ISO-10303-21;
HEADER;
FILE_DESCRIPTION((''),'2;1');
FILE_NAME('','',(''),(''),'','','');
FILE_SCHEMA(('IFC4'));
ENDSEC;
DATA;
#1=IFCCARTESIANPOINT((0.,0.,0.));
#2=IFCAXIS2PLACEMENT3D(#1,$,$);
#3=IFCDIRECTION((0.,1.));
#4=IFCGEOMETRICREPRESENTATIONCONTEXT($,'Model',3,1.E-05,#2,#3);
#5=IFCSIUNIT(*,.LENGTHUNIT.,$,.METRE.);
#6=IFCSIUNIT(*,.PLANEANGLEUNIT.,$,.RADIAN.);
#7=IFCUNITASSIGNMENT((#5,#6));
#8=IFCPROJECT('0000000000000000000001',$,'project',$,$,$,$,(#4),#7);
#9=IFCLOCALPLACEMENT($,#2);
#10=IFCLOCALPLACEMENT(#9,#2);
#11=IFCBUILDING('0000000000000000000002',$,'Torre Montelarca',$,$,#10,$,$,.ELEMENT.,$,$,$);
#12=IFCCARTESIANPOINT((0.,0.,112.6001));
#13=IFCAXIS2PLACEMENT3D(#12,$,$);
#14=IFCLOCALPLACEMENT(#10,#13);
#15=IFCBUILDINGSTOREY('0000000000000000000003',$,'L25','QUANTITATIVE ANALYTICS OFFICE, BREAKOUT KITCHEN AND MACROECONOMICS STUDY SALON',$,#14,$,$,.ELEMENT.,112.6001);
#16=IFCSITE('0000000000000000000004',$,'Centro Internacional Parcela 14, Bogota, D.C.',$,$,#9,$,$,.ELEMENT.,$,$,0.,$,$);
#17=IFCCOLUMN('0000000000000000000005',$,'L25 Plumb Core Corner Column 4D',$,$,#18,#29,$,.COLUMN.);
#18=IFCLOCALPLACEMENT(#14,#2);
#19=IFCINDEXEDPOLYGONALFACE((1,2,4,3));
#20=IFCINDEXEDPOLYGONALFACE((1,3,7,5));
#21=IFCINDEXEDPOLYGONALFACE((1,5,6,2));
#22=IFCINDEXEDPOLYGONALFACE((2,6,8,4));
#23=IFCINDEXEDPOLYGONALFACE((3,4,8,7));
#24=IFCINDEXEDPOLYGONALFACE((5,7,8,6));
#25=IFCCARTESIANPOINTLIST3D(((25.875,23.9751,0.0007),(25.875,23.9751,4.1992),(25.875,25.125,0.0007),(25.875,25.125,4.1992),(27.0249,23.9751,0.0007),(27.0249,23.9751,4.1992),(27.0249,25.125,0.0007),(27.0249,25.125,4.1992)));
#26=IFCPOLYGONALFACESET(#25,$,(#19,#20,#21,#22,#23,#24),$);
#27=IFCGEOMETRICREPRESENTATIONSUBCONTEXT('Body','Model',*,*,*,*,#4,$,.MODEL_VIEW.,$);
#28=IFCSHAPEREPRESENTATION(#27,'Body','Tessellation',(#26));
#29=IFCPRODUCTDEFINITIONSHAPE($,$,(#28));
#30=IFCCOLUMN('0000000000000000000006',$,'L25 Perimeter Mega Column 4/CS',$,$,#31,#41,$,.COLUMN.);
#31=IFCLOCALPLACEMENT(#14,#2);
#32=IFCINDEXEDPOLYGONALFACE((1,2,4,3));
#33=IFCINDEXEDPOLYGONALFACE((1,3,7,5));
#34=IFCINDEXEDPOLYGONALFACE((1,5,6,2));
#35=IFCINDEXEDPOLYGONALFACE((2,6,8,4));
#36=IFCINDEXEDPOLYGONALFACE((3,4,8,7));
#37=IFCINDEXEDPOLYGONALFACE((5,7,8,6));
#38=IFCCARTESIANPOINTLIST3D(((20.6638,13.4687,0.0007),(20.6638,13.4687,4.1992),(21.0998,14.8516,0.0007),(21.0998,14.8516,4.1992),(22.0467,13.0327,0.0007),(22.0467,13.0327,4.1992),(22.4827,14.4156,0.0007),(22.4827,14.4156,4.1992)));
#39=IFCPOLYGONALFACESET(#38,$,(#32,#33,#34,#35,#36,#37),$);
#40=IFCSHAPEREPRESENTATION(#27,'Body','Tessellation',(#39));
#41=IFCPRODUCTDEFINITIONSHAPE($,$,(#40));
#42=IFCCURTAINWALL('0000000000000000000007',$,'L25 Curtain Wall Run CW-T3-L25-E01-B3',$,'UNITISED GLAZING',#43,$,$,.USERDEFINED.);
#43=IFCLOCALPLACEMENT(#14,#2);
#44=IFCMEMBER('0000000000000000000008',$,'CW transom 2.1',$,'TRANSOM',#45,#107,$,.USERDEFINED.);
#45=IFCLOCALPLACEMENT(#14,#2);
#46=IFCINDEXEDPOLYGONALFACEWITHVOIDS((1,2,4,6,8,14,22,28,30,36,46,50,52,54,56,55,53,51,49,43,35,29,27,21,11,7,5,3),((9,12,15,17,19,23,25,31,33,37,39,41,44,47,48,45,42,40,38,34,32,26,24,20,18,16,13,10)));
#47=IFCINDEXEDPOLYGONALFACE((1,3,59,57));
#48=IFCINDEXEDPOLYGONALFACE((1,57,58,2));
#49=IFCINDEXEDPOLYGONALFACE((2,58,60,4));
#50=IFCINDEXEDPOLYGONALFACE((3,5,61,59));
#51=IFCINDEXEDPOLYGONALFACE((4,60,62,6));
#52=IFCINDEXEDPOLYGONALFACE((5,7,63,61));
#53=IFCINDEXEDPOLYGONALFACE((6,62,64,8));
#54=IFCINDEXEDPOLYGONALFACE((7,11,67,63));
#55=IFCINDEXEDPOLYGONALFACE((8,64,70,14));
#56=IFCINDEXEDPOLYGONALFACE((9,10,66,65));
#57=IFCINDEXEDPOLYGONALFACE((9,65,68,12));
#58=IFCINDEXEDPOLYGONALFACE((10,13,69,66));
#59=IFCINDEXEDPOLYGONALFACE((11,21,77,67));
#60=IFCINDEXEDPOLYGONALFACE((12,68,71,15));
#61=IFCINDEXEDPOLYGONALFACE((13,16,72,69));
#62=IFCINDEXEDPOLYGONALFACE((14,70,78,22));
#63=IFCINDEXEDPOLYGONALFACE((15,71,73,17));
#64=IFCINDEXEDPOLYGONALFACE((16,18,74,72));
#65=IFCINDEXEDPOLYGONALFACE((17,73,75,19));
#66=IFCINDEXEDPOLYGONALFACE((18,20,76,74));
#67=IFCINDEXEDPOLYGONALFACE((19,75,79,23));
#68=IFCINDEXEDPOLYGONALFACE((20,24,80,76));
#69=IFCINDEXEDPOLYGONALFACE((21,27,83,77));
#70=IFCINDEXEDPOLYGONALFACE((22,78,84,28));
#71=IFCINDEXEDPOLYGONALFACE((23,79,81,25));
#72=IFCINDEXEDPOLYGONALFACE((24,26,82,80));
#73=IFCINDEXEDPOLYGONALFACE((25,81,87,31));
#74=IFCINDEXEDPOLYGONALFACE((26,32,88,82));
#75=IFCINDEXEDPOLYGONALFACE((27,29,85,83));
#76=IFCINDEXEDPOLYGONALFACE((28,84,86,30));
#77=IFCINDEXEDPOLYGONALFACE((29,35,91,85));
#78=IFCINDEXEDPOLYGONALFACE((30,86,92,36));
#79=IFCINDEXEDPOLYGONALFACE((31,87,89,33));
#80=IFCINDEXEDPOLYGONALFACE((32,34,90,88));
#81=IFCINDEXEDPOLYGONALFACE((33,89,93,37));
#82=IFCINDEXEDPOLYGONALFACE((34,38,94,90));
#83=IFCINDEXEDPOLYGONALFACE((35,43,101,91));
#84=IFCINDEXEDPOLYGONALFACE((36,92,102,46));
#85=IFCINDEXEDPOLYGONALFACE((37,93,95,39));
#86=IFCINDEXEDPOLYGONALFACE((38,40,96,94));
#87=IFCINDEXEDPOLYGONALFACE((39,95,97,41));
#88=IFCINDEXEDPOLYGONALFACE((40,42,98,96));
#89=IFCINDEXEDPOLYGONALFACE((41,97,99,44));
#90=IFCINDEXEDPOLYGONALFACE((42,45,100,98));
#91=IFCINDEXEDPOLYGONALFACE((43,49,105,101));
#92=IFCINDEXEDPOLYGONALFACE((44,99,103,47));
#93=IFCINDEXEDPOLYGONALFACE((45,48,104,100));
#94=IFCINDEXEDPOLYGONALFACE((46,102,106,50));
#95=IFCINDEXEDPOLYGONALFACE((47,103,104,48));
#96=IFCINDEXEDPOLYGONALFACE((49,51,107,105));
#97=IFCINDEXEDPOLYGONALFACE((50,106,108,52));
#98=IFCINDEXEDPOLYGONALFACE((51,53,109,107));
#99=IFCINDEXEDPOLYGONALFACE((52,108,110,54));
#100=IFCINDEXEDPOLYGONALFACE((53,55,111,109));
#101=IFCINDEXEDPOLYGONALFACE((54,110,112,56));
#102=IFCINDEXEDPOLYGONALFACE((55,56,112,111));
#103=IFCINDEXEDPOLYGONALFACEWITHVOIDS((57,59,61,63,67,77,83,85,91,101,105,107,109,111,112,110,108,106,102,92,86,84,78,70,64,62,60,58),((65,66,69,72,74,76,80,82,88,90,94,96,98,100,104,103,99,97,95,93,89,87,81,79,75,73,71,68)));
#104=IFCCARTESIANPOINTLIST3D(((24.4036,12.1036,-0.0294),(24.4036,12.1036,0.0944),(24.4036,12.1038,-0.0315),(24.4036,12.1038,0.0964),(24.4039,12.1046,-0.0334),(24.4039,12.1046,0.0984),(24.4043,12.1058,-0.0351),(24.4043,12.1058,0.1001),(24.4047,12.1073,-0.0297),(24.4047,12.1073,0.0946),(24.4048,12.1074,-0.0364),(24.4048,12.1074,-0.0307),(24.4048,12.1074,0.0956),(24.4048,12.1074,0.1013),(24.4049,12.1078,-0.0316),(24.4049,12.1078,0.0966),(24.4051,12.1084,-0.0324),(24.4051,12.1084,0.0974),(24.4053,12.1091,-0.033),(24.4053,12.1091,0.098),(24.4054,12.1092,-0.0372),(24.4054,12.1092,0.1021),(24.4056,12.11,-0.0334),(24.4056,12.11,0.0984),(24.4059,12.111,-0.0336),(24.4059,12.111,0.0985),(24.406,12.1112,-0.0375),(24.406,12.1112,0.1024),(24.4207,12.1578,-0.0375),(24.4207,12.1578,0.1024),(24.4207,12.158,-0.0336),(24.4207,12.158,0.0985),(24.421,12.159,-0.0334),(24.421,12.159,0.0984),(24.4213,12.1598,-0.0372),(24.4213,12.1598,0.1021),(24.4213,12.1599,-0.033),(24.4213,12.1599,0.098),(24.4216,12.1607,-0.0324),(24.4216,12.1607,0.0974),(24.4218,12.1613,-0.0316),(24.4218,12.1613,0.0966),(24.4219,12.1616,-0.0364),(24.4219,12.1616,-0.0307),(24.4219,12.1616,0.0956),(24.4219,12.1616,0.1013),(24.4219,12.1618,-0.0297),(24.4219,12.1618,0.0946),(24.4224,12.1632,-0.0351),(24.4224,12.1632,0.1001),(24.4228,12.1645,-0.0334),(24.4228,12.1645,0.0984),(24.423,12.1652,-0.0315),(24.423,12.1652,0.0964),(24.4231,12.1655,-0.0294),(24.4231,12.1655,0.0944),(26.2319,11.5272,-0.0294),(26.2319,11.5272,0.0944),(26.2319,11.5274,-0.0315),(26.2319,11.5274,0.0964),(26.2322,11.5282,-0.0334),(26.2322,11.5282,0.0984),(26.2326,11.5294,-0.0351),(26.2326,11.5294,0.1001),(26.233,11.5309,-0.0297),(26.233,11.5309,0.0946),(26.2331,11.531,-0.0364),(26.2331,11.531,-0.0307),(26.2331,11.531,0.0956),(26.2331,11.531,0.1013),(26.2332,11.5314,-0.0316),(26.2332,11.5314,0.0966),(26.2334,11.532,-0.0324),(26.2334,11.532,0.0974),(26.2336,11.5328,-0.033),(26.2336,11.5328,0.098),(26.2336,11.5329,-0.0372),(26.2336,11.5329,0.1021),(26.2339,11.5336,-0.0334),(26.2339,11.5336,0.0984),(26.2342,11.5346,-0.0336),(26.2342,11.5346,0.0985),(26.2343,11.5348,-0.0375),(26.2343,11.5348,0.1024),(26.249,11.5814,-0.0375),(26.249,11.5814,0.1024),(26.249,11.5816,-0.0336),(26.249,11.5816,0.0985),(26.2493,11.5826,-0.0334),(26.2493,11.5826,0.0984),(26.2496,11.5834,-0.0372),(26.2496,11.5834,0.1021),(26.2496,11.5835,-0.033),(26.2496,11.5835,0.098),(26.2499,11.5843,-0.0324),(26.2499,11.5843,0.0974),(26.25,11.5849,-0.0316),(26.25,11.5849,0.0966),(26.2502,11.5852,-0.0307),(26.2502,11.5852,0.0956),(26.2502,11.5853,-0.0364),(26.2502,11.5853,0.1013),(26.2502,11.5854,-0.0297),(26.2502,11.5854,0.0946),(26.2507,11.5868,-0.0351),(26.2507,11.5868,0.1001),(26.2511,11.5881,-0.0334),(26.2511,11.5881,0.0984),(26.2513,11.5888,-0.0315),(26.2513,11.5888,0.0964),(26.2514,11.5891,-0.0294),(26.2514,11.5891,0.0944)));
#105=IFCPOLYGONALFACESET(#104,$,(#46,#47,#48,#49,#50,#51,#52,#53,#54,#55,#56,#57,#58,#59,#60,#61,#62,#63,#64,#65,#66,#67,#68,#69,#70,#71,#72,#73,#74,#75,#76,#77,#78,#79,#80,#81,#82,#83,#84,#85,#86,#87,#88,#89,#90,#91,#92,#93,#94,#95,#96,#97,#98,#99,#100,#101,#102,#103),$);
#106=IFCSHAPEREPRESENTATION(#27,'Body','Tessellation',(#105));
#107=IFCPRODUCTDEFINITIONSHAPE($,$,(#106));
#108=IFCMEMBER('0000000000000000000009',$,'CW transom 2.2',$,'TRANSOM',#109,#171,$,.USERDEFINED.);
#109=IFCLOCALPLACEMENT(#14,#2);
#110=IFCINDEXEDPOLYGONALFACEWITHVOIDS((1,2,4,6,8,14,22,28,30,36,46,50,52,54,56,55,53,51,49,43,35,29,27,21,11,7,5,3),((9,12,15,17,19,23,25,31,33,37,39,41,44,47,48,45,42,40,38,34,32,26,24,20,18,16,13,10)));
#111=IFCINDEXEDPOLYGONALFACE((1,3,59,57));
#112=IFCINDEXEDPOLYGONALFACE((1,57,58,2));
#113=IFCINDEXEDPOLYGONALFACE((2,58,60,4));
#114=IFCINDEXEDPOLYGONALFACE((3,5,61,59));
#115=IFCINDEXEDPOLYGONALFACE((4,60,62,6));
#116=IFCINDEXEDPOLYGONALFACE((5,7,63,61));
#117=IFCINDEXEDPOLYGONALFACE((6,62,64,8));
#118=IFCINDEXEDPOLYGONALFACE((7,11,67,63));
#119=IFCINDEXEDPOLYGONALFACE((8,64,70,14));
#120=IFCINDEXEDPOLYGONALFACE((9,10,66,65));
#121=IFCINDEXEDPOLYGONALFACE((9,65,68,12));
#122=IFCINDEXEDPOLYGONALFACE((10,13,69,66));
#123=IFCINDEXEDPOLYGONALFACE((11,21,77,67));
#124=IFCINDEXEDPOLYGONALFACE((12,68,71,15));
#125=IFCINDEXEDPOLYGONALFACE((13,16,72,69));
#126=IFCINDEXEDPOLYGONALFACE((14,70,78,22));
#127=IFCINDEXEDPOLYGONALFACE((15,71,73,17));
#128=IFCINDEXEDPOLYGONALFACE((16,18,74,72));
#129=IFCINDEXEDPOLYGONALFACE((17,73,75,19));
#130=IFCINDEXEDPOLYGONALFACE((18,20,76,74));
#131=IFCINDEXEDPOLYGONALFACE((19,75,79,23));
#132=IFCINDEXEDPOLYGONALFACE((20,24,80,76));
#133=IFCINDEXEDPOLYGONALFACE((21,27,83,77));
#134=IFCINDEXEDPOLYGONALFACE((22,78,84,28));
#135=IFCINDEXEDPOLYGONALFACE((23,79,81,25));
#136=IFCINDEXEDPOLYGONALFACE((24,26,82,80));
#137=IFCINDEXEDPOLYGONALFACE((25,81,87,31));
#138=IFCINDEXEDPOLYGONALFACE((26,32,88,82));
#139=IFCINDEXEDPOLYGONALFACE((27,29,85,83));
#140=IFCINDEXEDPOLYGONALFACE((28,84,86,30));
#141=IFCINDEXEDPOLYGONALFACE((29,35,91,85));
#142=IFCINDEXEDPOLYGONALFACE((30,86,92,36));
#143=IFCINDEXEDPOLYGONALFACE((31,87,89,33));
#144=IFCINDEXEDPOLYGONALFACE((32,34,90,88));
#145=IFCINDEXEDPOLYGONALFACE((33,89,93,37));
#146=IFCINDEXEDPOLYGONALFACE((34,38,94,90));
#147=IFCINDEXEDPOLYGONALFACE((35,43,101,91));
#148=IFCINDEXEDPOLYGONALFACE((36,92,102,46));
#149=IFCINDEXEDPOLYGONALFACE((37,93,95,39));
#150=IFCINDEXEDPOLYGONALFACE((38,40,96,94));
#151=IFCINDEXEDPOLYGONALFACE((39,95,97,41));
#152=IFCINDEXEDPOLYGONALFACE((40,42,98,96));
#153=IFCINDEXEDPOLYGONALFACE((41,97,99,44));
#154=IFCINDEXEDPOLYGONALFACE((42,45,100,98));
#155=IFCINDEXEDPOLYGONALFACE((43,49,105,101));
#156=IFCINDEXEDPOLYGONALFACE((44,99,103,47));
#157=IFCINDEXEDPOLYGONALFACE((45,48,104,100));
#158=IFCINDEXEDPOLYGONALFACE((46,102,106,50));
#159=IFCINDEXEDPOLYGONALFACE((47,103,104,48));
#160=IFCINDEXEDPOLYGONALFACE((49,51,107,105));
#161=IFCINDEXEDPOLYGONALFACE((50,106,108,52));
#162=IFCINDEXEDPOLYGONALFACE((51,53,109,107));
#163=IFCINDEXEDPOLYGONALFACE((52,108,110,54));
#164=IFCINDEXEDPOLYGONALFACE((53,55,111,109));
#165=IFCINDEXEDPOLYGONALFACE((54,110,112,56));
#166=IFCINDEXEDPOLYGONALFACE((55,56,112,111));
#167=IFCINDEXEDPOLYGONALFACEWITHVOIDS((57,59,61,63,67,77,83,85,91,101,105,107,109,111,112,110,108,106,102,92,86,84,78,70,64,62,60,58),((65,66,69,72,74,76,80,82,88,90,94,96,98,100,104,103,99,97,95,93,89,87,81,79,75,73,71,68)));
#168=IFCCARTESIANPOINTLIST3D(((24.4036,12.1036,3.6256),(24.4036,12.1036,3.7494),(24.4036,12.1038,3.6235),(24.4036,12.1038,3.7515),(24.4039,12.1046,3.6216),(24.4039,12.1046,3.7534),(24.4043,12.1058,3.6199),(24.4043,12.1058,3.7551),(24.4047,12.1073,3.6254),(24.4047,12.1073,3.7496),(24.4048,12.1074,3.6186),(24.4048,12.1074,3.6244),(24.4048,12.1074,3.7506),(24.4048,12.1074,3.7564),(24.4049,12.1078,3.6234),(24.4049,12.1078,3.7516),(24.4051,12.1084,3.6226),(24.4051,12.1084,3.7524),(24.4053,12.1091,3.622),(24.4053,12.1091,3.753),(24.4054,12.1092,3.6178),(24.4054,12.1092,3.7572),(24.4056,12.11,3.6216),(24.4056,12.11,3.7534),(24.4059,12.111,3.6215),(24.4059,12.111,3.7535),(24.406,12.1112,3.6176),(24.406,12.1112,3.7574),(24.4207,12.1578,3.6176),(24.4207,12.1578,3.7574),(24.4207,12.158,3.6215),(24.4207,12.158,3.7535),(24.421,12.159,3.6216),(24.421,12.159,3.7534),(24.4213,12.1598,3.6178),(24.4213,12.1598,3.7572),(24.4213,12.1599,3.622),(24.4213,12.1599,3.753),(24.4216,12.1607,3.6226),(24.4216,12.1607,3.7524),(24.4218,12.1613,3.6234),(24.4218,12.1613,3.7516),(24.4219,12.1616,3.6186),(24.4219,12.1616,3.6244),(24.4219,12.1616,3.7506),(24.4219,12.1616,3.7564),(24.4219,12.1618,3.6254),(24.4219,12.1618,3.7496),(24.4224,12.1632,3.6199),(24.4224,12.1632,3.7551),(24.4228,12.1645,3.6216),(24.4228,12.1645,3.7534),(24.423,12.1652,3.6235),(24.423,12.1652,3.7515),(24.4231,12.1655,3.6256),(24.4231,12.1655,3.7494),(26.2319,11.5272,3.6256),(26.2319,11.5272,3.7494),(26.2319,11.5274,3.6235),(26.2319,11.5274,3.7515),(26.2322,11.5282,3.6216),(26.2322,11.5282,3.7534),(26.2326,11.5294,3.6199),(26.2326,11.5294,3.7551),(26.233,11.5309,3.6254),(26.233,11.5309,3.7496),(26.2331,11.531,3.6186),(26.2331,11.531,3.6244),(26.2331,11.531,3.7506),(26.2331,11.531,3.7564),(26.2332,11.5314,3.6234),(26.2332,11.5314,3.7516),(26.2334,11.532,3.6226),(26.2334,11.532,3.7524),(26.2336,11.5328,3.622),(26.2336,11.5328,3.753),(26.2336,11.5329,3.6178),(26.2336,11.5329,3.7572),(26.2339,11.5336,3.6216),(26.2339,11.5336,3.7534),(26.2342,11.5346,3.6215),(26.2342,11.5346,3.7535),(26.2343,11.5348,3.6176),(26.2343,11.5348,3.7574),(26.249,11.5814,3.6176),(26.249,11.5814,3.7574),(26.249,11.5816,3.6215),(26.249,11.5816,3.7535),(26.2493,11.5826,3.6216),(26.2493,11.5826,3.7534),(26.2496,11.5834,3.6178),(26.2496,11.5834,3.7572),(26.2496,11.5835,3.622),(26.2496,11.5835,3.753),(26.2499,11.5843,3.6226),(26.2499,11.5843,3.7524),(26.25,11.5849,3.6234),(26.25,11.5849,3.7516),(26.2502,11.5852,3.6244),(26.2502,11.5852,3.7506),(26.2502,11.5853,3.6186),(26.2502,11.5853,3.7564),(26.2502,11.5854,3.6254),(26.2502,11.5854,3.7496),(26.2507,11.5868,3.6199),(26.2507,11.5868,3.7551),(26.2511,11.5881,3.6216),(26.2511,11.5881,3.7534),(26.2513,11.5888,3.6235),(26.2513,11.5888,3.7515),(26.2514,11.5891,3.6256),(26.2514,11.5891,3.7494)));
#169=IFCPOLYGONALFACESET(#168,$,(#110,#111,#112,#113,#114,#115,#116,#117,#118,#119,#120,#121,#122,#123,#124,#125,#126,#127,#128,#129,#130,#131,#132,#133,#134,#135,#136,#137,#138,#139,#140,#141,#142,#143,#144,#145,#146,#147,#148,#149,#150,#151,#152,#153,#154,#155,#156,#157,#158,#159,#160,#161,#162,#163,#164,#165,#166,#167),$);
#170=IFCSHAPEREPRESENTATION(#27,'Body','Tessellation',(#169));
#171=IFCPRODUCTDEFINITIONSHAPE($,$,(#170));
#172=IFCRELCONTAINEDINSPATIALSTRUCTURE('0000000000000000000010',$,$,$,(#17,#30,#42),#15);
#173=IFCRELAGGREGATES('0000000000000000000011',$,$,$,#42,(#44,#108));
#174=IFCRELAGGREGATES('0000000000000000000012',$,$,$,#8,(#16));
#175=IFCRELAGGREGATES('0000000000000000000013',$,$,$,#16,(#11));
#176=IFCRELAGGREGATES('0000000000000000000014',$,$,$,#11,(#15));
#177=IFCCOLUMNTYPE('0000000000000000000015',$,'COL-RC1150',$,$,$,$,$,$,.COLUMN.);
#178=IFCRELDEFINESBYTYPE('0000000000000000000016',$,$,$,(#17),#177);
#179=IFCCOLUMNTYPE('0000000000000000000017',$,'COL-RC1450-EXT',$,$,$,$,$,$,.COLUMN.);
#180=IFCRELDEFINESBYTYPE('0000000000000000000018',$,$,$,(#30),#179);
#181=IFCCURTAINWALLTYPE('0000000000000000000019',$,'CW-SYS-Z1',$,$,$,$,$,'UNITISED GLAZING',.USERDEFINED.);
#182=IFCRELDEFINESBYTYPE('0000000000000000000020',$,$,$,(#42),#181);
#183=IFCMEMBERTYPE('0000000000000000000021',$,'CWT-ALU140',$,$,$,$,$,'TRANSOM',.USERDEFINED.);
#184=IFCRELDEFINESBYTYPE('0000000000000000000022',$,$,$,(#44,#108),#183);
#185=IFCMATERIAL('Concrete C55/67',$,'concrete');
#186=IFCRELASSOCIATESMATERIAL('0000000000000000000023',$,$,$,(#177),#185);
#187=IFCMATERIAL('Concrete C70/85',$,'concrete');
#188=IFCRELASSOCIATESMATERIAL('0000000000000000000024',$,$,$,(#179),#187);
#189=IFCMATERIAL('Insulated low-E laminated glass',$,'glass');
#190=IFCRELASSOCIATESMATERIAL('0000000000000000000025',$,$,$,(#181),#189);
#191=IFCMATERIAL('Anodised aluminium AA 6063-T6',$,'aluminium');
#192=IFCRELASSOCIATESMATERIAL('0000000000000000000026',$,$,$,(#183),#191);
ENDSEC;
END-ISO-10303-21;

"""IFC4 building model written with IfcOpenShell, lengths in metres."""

from ifc_helpers import new_model, si_unit, direction, frame, origin, origin_2d, place, context, subcontext, project, spatial, rectangle, hollow_rectangle, extrude, source, transform, mapped, material, material_profile, profile_set, type_object, element, aggregate, save


model = new_model("IFC4")

# Units and contexts
model_context = context("Model", 3, precision=1e-05, world=origin(), true_north=direction((0.0, 1.0)))
body_context = subcontext(model_context, "Body", "Model", "MODEL_VIEW")
ifc_project = project(units=[si_unit("LENGTHUNIT", "METRE"), si_unit("PLANEANGLEUNIT", "RADIAN")], contexts=[model_context])

# Site, building, storey
site_placement = place(None, origin())
site = spatial("IfcSite", under=ifc_project, at=site_placement, Name="Centro Internacional Parcela 14, Bogota, D.C.", CompositionType="ELEMENT", RefElevation=0.0)
building_placement = place(site_placement, origin())
building = spatial("IfcBuilding", under=site, at=building_placement, Name="Torre Montelarca", CompositionType="ELEMENT")
storey_placement = place(building_placement, frame((0.0, 0.0, 112.6001)))
storey = spatial("IfcBuildingStorey", under=building, at=storey_placement, Name="L25", Description="QUANTITATIVE ANALYTICS OFFICE, BREAKOUT KITCHEN AND MACROECONOMICS STUDY SALON", CompositionType="ELEMENT", Elevation=112.6001)

# Columns
ifc_material_1 = material(Name="Concrete C55/67", Category="concrete")
ifc_material_profile_1 = material_profile(ifc_material_1, rectangle(XDim=1.1499, YDim=1.1499, at=origin_2d()), Name="RC1150X1150", Category="concrete")
ifc_profile_set_1 = profile_set([ifc_material_profile_1], Name="Concrete C55/67")
column_type_1 = type_object("IfcColumnType", Name="COL-RC1150", PredefinedType="COLUMN", material=ifc_profile_set_1)
shared_shape_1 = source(origin(), body_context, "Body", "SweptSolid", [
    extrude(rectangle(XDim=1.1499, YDim=1.1499, at=origin_2d()), origin(), (0.0, 0.0, 1.0), 4.1985),
])
column_1_placement = place(storey_placement, frame((26.45, 24.55, 0.0007), z_axis=(0.0, 0.0, 1.0), x_axis=(1.0, 0.0, 0.0)))
element("IfcColumn", 1, at=column_1_placement, inside=storey, type_object=column_type_1, Name="L25 Plumb Core Corner Column 4D", PredefinedType="COLUMN", context=body_context, shape_type="MappedRepresentation", body=[
    mapped(shared_shape_1, transform((0.0, 0.0, 0.0), scale=1.0)),
])
ifc_material_2 = material(Name="Concrete C70/85", Category="concrete")
ifc_material_profile_2 = material_profile(ifc_material_2, rectangle(XDim=1.45, YDim=1.45, at=origin_2d()), Name="RC1450X1450", Category="concrete")
ifc_profile_set_2 = profile_set([ifc_material_profile_2], Name="Concrete C70/85")
column_type_2 = type_object("IfcColumnType", Name="COL-RC1450-EXT", PredefinedType="COLUMN", material=ifc_profile_set_2)
shared_shape_2 = source(origin(), body_context, "Body", "SweptSolid", [
    extrude(rectangle(XDim=1.45, YDim=1.45, at=origin_2d()), origin(), (0.0, 0.0, 1.0), 4.1985),
])
column_2_placement = place(storey_placement, frame((21.5732, 13.9421, 0.0007), z_axis=(0.0, 0.0, 1.0), x_axis=(-0.953717, 0.300706, 0.0)))
element("IfcColumn", 2, at=column_2_placement, inside=storey, type_object=column_type_2, Name="L25 Perimeter Mega Column 4/CS", PredefinedType="COLUMN", context=body_context, shape_type="MappedRepresentation", body=[
    mapped(shared_shape_2, transform((0.0, 0.0, 0.0), scale=1.0)),
])

# Curtain wall, members
ifc_material_3 = material(Name="Insulated low-E laminated glass", Category="glass")
curtain_wall_type = type_object("IfcCurtainWallType", Name="CW-SYS-Z1", ElementType="UNITISED GLAZING", PredefinedType="USERDEFINED", material=ifc_material_3)
curtain_wall_1_placement = place(storey_placement, origin())
curtain_wall_1 = element("IfcCurtainWall", 3, at=curtain_wall_1_placement, inside=storey, type_object=curtain_wall_type, Name="L25 Curtain Wall Run CW-T3-L25-E01-B3", ObjectType="UNITISED GLAZING", PredefinedType="USERDEFINED")
ifc_material_4 = material(Name="Anodised aluminium AA 6063-T6", Category="aluminium")
ifc_material_profile_3 = material_profile(ifc_material_4, hollow_rectangle(XDim=0.0649, YDim=0.1399, WallThickness=0.0039, InnerFilletRadius=0.0039, OuterFilletRadius=0.0081, at=origin_2d()), Name="ALU65X140X4", Category="aluminium")
ifc_profile_set_3 = profile_set([ifc_material_profile_3], Name="Anodised aluminium AA 6063-T6")
member_type_1 = type_object("IfcMemberType", Name="CWT-ALU140", ElementType="TRANSOM", PredefinedType="USERDEFINED", material=ifc_profile_set_3)
shared_shape_3 = source(origin(), body_context, "Body", "SweptSolid", [
    extrude(hollow_rectangle(XDim=0.0649, YDim=0.1399, WallThickness=0.0039, InnerFilletRadius=0.0039, OuterFilletRadius=0.0081, at=origin_2d()), origin(), (0.0, 0.0, 1.0), 1.917),
])
member_1_placement = place(storey_placement, frame((24.4133, 12.1345, 0.0325), z_axis=(0.953727, -0.300674, 0.0), x_axis=(0.300674, 0.953727, 0.0)))
member_1 = element("IfcMember", 4, at=member_1_placement, type_object=member_type_1, Name="CW transom 2.1", ObjectType="TRANSOM", PredefinedType="USERDEFINED", context=body_context, shape_type="MappedRepresentation", body=[
    mapped(shared_shape_3, transform((0.0, 0.0, 0.0), scale=1.0)),
])
member_2_placement = place(storey_placement, frame((24.4133, 12.1345, 3.6875), z_axis=(0.953727, -0.300674, 0.0), x_axis=(0.300674, 0.953727, 0.0)))
member_2 = element("IfcMember", 5, at=member_2_placement, type_object=member_type_1, Name="CW transom 2.2", ObjectType="TRANSOM", PredefinedType="USERDEFINED", context=body_context, shape_type="MappedRepresentation", body=[
    mapped(shared_shape_3, transform((0.0, 0.0, 0.0), scale=1.0)),
])

aggregate(curtain_wall_1, [member_1, member_2])

save(model, "model.ifc")
